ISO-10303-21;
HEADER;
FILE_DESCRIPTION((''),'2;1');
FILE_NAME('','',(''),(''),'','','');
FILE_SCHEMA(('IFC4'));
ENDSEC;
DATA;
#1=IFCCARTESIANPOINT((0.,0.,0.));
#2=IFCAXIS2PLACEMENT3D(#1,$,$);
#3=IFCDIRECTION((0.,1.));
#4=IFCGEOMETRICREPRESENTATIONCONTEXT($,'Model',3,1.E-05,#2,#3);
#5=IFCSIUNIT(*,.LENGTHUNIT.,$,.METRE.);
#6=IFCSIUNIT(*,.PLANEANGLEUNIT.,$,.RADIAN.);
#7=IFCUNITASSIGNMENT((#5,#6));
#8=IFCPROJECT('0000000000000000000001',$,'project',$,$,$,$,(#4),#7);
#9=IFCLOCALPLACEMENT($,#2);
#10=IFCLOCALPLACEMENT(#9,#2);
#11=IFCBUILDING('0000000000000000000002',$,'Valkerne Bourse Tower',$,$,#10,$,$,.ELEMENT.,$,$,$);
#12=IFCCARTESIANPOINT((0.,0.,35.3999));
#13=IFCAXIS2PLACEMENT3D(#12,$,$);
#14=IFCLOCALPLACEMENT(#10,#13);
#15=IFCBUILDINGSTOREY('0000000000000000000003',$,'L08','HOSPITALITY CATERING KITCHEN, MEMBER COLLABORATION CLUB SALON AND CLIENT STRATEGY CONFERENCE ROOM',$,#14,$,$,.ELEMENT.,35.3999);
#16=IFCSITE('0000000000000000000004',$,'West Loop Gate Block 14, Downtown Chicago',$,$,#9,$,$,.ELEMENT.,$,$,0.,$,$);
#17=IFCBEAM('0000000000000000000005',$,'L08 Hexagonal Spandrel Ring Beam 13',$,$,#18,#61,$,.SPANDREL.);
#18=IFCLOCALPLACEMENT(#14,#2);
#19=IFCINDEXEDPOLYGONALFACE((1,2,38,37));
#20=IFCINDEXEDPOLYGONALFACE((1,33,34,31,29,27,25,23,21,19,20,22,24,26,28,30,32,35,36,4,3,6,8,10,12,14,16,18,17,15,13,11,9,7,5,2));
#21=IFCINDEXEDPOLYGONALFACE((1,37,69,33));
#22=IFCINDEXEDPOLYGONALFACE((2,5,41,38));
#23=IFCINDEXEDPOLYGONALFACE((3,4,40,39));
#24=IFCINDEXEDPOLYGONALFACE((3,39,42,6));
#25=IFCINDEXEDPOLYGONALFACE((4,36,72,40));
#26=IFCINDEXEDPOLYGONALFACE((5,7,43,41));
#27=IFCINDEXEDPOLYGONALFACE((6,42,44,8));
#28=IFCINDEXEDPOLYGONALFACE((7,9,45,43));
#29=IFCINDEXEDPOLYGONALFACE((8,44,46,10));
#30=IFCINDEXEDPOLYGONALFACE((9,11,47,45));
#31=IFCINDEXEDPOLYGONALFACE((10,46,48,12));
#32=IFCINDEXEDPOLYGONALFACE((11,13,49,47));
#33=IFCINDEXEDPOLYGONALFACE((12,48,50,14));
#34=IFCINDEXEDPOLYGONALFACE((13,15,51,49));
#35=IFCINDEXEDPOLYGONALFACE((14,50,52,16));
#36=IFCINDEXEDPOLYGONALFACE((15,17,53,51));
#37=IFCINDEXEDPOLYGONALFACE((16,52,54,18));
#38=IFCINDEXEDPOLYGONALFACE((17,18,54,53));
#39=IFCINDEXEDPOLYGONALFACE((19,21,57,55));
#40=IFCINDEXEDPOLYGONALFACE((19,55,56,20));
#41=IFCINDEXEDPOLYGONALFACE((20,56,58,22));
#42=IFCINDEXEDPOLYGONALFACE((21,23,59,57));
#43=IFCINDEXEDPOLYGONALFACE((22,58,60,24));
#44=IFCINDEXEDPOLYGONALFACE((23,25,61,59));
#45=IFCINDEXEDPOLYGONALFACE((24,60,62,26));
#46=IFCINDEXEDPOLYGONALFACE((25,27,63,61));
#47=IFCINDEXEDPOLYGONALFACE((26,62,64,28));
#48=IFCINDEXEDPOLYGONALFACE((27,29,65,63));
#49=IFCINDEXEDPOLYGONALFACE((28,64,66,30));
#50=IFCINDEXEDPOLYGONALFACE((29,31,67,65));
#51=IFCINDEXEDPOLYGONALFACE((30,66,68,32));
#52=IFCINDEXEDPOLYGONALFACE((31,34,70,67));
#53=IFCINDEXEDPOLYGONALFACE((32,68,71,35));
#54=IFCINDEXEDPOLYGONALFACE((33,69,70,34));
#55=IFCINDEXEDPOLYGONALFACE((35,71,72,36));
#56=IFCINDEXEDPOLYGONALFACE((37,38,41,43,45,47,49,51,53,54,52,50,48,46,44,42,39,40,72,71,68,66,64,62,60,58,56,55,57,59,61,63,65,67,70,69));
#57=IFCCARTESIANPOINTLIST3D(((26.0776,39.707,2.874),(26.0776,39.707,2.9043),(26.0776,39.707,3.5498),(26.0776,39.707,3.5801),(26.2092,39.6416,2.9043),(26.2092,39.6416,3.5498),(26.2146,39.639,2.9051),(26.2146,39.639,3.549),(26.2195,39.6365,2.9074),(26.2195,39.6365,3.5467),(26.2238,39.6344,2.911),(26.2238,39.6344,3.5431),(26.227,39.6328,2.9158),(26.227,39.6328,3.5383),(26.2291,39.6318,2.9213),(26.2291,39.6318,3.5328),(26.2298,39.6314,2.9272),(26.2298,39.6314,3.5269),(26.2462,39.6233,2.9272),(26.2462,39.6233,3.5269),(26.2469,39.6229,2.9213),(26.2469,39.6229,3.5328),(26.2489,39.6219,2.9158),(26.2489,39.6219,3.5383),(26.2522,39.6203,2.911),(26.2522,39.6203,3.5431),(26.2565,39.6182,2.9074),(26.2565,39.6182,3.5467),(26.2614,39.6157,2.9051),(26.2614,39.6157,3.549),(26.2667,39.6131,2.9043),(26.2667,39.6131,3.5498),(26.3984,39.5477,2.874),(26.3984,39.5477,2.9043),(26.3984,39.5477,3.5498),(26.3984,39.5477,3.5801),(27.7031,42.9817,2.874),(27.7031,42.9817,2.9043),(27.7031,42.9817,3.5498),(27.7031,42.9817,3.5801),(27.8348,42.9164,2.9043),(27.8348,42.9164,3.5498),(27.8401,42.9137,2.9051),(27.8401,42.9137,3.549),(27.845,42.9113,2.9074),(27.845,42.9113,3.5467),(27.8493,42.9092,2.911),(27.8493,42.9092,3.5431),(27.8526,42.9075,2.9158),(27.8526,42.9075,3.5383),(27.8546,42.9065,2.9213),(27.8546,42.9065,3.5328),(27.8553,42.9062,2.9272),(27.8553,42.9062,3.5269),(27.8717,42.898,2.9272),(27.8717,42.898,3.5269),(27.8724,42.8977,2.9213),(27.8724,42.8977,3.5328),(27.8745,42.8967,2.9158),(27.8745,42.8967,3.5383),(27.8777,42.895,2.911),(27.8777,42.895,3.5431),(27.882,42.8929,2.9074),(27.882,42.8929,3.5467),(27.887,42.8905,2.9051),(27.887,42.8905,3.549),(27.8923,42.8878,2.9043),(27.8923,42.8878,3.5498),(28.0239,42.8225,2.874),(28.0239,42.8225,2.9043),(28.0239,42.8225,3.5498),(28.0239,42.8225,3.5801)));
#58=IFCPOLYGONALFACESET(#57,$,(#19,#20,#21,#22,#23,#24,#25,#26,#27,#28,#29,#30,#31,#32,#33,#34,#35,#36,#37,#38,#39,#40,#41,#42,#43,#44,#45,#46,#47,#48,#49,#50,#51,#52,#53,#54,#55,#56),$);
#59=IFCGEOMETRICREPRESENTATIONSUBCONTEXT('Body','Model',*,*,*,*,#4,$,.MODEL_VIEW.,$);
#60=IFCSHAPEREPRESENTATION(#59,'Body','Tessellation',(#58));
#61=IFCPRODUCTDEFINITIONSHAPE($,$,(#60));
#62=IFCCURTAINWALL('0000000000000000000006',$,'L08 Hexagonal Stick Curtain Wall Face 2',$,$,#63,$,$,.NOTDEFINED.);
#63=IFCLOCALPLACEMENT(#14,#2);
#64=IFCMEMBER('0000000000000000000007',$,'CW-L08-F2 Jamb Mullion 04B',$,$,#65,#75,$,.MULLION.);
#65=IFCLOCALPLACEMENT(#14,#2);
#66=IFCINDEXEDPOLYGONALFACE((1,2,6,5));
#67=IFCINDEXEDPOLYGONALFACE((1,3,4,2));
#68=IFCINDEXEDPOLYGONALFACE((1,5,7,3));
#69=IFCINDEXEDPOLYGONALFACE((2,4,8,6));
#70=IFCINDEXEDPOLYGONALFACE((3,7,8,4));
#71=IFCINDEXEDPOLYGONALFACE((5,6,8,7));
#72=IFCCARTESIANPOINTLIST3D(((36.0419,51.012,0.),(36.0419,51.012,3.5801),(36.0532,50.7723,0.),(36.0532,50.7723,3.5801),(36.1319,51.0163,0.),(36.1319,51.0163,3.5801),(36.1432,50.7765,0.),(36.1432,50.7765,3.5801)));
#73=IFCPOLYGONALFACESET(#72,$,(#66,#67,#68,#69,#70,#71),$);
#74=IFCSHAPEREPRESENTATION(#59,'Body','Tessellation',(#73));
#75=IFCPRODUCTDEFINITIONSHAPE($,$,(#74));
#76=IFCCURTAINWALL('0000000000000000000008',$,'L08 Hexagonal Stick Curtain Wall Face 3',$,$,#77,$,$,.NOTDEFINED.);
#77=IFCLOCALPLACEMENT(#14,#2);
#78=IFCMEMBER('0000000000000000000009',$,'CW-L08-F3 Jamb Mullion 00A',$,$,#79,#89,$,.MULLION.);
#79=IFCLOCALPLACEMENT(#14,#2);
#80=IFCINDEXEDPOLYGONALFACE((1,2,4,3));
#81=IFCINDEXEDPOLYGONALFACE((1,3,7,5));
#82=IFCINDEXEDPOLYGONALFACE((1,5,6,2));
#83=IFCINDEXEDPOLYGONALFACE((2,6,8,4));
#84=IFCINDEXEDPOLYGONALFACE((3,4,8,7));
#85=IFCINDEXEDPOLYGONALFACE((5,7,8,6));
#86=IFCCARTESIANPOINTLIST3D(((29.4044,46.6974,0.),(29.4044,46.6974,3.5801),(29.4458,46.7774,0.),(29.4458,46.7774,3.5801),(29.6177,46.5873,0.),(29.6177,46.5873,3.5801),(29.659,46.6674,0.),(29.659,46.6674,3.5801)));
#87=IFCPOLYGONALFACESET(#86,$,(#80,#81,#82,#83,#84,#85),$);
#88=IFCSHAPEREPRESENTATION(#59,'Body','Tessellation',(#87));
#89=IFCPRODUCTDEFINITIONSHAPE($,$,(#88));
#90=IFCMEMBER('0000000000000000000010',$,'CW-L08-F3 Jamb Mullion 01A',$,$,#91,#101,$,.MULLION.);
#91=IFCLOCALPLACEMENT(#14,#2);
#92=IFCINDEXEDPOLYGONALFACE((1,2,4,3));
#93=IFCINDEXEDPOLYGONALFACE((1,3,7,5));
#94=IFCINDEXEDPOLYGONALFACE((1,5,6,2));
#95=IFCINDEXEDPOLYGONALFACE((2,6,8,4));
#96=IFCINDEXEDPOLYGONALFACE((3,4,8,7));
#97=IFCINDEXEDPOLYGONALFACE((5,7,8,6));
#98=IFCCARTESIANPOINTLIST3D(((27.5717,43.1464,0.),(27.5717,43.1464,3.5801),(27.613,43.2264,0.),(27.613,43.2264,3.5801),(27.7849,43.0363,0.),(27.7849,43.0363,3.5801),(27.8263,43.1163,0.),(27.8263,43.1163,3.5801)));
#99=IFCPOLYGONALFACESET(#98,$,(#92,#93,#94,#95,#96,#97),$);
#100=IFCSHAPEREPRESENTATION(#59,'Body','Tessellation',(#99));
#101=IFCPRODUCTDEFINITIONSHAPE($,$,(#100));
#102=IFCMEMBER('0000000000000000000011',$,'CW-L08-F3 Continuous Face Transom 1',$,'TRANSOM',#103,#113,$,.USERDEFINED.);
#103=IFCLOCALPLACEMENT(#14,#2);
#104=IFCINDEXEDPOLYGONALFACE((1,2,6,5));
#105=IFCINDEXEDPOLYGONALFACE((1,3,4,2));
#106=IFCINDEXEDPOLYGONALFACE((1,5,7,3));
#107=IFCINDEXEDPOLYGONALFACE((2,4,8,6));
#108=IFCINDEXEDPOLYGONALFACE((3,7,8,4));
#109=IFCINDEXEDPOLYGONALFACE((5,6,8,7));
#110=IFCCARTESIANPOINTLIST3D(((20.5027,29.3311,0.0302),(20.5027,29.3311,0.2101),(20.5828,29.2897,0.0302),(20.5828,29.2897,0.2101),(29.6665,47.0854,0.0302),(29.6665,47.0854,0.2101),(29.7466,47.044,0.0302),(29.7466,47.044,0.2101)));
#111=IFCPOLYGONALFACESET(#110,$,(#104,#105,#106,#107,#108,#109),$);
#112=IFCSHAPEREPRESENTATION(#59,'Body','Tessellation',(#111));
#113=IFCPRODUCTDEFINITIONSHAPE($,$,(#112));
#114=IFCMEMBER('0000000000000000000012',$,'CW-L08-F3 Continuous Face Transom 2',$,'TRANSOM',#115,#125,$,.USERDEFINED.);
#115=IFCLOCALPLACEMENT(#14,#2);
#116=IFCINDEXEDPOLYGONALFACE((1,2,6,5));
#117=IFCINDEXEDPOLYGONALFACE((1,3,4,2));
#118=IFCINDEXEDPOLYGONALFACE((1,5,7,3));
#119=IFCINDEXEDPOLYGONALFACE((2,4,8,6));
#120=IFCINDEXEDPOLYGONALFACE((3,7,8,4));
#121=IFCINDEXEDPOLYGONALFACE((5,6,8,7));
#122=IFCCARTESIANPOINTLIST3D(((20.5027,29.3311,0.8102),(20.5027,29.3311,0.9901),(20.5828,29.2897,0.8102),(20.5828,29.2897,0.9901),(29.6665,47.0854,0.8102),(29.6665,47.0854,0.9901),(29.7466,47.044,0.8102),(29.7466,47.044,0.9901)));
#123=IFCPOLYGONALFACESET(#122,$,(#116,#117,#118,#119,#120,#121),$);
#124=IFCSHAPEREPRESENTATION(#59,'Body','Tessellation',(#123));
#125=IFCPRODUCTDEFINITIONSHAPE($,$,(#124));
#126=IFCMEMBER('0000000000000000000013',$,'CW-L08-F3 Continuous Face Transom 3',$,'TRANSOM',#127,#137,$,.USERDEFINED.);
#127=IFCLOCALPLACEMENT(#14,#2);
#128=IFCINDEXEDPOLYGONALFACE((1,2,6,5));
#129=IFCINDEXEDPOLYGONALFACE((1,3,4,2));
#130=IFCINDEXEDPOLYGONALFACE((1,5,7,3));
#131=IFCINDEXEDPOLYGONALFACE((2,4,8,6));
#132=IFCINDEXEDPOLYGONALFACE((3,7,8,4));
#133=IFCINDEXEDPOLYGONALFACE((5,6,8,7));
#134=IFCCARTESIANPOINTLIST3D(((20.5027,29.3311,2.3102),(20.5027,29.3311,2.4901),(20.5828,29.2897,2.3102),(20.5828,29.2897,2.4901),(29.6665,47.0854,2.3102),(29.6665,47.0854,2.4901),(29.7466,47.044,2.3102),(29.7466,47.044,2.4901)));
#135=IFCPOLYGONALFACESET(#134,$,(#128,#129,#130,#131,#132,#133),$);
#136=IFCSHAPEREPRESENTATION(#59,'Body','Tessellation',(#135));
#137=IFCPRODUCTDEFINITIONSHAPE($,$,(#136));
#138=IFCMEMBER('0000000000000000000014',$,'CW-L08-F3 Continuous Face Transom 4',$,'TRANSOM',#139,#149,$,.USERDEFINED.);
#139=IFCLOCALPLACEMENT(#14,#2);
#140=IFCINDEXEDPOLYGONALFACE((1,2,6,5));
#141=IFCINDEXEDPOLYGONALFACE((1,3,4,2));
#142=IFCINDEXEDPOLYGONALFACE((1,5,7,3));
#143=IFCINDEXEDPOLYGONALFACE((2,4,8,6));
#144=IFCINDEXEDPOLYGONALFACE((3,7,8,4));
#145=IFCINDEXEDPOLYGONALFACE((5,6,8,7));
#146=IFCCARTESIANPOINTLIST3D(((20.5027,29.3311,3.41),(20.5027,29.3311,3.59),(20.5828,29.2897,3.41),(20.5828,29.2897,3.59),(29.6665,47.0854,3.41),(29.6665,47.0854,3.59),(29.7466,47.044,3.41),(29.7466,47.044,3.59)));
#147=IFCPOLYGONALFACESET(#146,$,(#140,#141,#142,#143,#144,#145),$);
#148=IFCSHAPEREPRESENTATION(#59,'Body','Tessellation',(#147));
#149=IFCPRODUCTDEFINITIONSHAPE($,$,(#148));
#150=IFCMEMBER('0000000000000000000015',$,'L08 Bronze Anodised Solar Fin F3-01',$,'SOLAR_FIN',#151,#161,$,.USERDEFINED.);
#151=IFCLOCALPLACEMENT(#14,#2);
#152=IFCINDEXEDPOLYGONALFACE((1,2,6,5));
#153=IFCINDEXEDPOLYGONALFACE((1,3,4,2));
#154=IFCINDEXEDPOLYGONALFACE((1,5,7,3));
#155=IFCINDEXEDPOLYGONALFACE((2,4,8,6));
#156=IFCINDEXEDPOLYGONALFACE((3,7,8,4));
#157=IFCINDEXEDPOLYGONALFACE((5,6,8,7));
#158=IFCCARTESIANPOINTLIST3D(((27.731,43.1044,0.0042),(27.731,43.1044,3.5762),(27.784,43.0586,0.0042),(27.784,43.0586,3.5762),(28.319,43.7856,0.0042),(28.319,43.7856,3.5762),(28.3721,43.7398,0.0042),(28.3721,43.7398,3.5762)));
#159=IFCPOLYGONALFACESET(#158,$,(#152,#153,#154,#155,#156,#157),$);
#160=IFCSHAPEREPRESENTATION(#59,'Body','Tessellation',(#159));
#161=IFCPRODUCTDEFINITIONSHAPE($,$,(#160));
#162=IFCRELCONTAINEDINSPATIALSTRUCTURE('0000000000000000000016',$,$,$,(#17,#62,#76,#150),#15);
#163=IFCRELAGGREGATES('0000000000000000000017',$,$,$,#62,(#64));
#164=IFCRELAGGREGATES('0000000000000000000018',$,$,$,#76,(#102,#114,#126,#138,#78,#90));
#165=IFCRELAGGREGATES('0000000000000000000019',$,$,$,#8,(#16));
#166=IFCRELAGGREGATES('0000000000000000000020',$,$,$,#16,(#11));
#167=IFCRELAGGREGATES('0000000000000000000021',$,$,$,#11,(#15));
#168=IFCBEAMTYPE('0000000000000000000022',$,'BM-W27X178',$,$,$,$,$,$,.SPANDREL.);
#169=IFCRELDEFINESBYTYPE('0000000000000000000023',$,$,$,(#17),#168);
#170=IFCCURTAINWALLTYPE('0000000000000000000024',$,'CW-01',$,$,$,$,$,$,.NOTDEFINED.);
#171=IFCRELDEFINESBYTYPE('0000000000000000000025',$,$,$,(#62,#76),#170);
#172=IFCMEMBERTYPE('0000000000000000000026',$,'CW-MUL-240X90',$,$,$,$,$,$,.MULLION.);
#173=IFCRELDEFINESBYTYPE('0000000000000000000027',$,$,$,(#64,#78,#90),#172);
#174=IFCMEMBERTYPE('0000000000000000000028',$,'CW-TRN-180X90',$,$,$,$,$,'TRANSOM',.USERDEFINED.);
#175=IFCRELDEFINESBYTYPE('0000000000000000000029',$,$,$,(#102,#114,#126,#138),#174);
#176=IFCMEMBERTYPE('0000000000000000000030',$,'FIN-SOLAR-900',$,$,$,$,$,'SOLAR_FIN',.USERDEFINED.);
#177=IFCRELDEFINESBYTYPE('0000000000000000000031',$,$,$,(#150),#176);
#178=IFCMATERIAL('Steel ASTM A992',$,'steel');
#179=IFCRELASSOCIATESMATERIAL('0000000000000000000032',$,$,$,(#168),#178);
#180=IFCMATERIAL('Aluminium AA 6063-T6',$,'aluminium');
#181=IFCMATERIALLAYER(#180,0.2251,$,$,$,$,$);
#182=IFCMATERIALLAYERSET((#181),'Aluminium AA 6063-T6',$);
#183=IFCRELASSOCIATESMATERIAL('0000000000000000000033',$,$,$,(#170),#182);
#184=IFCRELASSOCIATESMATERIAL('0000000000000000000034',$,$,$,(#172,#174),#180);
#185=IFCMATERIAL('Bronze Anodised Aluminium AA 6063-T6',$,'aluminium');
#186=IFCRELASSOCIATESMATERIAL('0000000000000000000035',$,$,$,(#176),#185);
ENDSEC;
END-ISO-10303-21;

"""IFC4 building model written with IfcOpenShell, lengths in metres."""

from ifc_helpers import new_model, si_unit, direction, frame, origin, origin_2d, place, context, subcontext, project, spatial, rectangle, i_section, extrude, material, layer, layer_set, material_profile, profile_set, type_object, element, aggregate, save


model = new_model("IFC4")

# Units and contexts
model_context = context("Model", 3, precision=1e-05, world=origin(), true_north=direction((0.0, 1.0)))
body_context = subcontext(model_context, "Body", "Model", "MODEL_VIEW")
ifc_project = project(units=[si_unit("LENGTHUNIT", "METRE"), si_unit("PLANEANGLEUNIT", "RADIAN")], contexts=[model_context])

# Site, building, storey
site_placement = place(None, origin())
site = spatial("IfcSite", under=ifc_project, at=site_placement, Name="West Loop Gate Block 14, Downtown Chicago", CompositionType="ELEMENT", RefElevation=0.0)
building_placement = place(site_placement, origin())
building = spatial("IfcBuilding", under=site, at=building_placement, Name="Valkerne Bourse Tower", CompositionType="ELEMENT")
storey_placement = place(building_placement, frame((0.0, 0.0, 35.3999)))
storey = spatial("IfcBuildingStorey", under=building, at=storey_placement, Name="L08", Description="HOSPITALITY CATERING KITCHEN, MEMBER COLLABORATION CLUB SALON AND CLIENT STRATEGY CONFERENCE ROOM", CompositionType="ELEMENT", Elevation=35.3999)

# Beam
ifc_material_1 = material(Name="Steel ASTM A992", Category="steel")
ifc_material_profile_1 = material_profile(ifc_material_1, i_section(OverallWidth=0.3582, OverallDepth=0.7061, WebThickness=0.0183, FlangeThickness=0.0303, FilletRadius=0.0229, at=origin_2d()), Name="W27X178")
ifc_profile_set_1 = profile_set([ifc_material_profile_1], Name="Steel ASTM A992")
beam_type_1 = type_object("IfcBeamType", Name="BM-W27X178", PredefinedType="SPANDREL", material=ifc_profile_set_1)
for number, where, z_axis, x_axis, name in (
    (1, (27.8635, 42.9021, 3.2271), (-0.444621, -0.895719, 0.0), (0.895719, -0.444621, 0.0), "L08 Hexagonal Spandrel Ring Beam 13"),
):
    element("IfcBeam", number, at=place(storey_placement, frame(where, z_axis=z_axis, x_axis=x_axis)), inside=storey, type_object=beam_type_1, Name=name, PredefinedType="SPANDREL", context=body_context, shape_type="SweptSolid", body=[
        extrude(i_section(OverallWidth=0.3582, OverallDepth=0.7061, WebThickness=0.0183, FlangeThickness=0.0303, FilletRadius=0.0229, at=origin_2d()), origin(), (0.0, 0.0, 1.0), 3.656),
    ])

# Curtain wall, member
ifc_material_2 = material(Name="Aluminium AA 6063-T6", Category="aluminium")
ifc_layer_1 = layer(ifc_material_2, 0.2251)
ifc_layer_set_1 = layer_set([ifc_layer_1], Name="Aluminium AA 6063-T6")
curtain_wall_type = type_object("IfcCurtainWallType", Name="CW-01", PredefinedType="NOTDEFINED", material=ifc_layer_set_1)
curtain_wall_1_placement = place(storey_placement, origin())
curtain_wall_1 = element("IfcCurtainWall", 2, at=curtain_wall_1_placement, inside=storey, type_object=curtain_wall_type, Name="L08 Hexagonal Stick Curtain Wall Face 2", PredefinedType="NOTDEFINED")
ifc_material_profile_2 = material_profile(ifc_material_2, rectangle(XDim=0.0901, YDim=0.24, at=origin_2d()), Name="CWM-90X240")
ifc_profile_set_2 = profile_set([ifc_material_profile_2], Name="Aluminium AA 6063-T6")
member_type_1 = type_object("IfcMemberType", Name="CW-MUL-240X90", PredefinedType="MULLION", material=ifc_profile_set_2)
member_1_placement = place(storey_placement, frame((36.0925, 50.8943, 0.0), z_axis=(0.0, 0.0, 1.0), x_axis=(-0.998889, -0.047122, 0.0)))
member_1 = element("IfcMember", 3, at=member_1_placement, type_object=member_type_1, Name="CW-L08-F2 Jamb Mullion 04B", PredefinedType="MULLION", context=body_context, shape_type="SweptSolid", body=[
    extrude(rectangle(XDim=0.0901, YDim=0.24, at=origin_2d()), origin(), (0.0, 0.0, 1.0), 3.5801),
])
aggregate(curtain_wall_1, [member_1])

# Curtain wall, members
curtain_wall_2_placement = place(storey_placement, origin())
curtain_wall_2 = element("IfcCurtainWall", 4, at=curtain_wall_2_placement, inside=storey, type_object=curtain_wall_type, Name="L08 Hexagonal Stick Curtain Wall Face 3", PredefinedType="NOTDEFINED")
member_2_placement = place(storey_placement, frame((29.5317, 46.6824, 0.0), z_axis=(0.0, 0.0, 1.0), x_axis=(-0.458658, -0.888613, 0.0)))
member_2 = element("IfcMember", 5, at=member_2_placement, type_object=member_type_1, Name="CW-L08-F3 Jamb Mullion 00A", PredefinedType="MULLION", context=body_context, shape_type="SweptSolid", body=[
    extrude(rectangle(XDim=0.0901, YDim=0.24, at=origin_2d()), origin(), (0.0, 0.0, 1.0), 3.5801),
])
member_3_placement = place(storey_placement, frame((27.699, 43.1313, 0.0), z_axis=(0.0, 0.0, 1.0), x_axis=(-0.458638, -0.888623, 0.0)))
member_3 = element("IfcMember", 6, at=member_3_placement, type_object=member_type_1, Name="CW-L08-F3 Jamb Mullion 01A", PredefinedType="MULLION", context=body_context, shape_type="SweptSolid", body=[
    extrude(rectangle(XDim=0.0901, YDim=0.24, at=origin_2d()), origin(), (0.0, 0.0, 1.0), 3.5801),
])
ifc_material_profile_3 = material_profile(ifc_material_2, rectangle(XDim=0.0901, YDim=0.1799, at=origin_2d()), Name="CWT-90X180")
ifc_profile_set_3 = profile_set([ifc_material_profile_3], Name="Aluminium AA 6063-T6")
member_type_2 = type_object("IfcMemberType", Name="CW-TRN-180X90", ElementType="TRANSOM", PredefinedType="USERDEFINED", material=ifc_profile_set_3)
member_4_placement = place(storey_placement, frame((29.7065, 47.0647, 0.1201), z_axis=(-0.458653, -0.888615, 0.0), x_axis=(0.888615, -0.458653, 0.0)))
member_4 = element("IfcMember", 7, at=member_4_placement, type_object=member_type_2, Name="CW-L08-F3 Continuous Face Transom 1", ObjectType="TRANSOM", PredefinedType="USERDEFINED", context=body_context, shape_type="SweptSolid", body=[
    extrude(rectangle(XDim=0.0901, YDim=0.1799, at=origin_2d()), origin(), (0.0, 0.0, 1.0), 19.9797),
])
member_5_placement = place(storey_placement, frame((29.7065, 47.0647, 0.9001), z_axis=(-0.458653, -0.888615, 0.0), x_axis=(0.888615, -0.458653, 0.0)))
member_5 = element("IfcMember", 8, at=member_5_placement, type_object=member_type_2, Name="CW-L08-F3 Continuous Face Transom 2", ObjectType="TRANSOM", PredefinedType="USERDEFINED", context=body_context, shape_type="SweptSolid", body=[
    extrude(rectangle(XDim=0.0901, YDim=0.1799, at=origin_2d()), origin(), (0.0, 0.0, 1.0), 19.9797),
])
member_6_placement = place(storey_placement, frame((29.7065, 47.0647, 2.4001), z_axis=(-0.458653, -0.888615, 0.0), x_axis=(0.888615, -0.458653, 0.0)))
member_6 = element("IfcMember", 9, at=member_6_placement, type_object=member_type_2, Name="CW-L08-F3 Continuous Face Transom 3", ObjectType="TRANSOM", PredefinedType="USERDEFINED", context=body_context, shape_type="SweptSolid", body=[
    extrude(rectangle(XDim=0.0901, YDim=0.1799, at=origin_2d()), origin(), (0.0, 0.0, 1.0), 19.9797),
])
member_7_placement = place(storey_placement, frame((29.7065, 47.0647, 3.5), z_axis=(-0.458653, -0.888615, 0.0), x_axis=(0.888615, -0.458653, 0.0)))
member_7 = element("IfcMember", 10, at=member_7_placement, type_object=member_type_2, Name="CW-L08-F3 Continuous Face Transom 4", ObjectType="TRANSOM", PredefinedType="USERDEFINED", context=body_context, shape_type="SweptSolid", body=[
    extrude(rectangle(XDim=0.0901, YDim=0.1799, at=origin_2d()), origin(), (0.0, 0.0, 1.0), 19.9797),
])

# Member
ifc_material_3 = material(Name="Bronze Anodised Aluminium AA 6063-T6", Category="aluminium")
ifc_material_profile_4 = material_profile(ifc_material_3, rectangle(XDim=0.0701, YDim=0.8999, at=origin_2d()), Name="FIN-70X900")
ifc_profile_set_4 = profile_set([ifc_material_profile_4], Name="Bronze Anodised Aluminium AA 6063-T6")
member_type_3 = type_object("IfcMemberType", Name="FIN-SOLAR-900", ElementType="SOLAR_FIN", PredefinedType="USERDEFINED", material=ifc_profile_set_4)
member_8_placement = place(storey_placement, frame((28.0515, 43.4221, 0.0042), z_axis=(0.0, 0.0, 1.0), x_axis=(-0.756959, 0.653462, 0.0)))
element("IfcMember", 11, at=member_8_placement, inside=storey, type_object=member_type_3, Name="L08 Bronze Anodised Solar Fin F3-01", ObjectType="SOLAR_FIN", PredefinedType="USERDEFINED", context=body_context, shape_type="SweptSolid", body=[
    extrude(rectangle(XDim=0.0701, YDim=0.8999, at=origin_2d()), origin(), (0.0, 0.0, 1.0), 3.572),
])

aggregate(curtain_wall_2, [member_4, member_5, member_6, member_7, member_2, member_3])

save(model, "model.ifc")
